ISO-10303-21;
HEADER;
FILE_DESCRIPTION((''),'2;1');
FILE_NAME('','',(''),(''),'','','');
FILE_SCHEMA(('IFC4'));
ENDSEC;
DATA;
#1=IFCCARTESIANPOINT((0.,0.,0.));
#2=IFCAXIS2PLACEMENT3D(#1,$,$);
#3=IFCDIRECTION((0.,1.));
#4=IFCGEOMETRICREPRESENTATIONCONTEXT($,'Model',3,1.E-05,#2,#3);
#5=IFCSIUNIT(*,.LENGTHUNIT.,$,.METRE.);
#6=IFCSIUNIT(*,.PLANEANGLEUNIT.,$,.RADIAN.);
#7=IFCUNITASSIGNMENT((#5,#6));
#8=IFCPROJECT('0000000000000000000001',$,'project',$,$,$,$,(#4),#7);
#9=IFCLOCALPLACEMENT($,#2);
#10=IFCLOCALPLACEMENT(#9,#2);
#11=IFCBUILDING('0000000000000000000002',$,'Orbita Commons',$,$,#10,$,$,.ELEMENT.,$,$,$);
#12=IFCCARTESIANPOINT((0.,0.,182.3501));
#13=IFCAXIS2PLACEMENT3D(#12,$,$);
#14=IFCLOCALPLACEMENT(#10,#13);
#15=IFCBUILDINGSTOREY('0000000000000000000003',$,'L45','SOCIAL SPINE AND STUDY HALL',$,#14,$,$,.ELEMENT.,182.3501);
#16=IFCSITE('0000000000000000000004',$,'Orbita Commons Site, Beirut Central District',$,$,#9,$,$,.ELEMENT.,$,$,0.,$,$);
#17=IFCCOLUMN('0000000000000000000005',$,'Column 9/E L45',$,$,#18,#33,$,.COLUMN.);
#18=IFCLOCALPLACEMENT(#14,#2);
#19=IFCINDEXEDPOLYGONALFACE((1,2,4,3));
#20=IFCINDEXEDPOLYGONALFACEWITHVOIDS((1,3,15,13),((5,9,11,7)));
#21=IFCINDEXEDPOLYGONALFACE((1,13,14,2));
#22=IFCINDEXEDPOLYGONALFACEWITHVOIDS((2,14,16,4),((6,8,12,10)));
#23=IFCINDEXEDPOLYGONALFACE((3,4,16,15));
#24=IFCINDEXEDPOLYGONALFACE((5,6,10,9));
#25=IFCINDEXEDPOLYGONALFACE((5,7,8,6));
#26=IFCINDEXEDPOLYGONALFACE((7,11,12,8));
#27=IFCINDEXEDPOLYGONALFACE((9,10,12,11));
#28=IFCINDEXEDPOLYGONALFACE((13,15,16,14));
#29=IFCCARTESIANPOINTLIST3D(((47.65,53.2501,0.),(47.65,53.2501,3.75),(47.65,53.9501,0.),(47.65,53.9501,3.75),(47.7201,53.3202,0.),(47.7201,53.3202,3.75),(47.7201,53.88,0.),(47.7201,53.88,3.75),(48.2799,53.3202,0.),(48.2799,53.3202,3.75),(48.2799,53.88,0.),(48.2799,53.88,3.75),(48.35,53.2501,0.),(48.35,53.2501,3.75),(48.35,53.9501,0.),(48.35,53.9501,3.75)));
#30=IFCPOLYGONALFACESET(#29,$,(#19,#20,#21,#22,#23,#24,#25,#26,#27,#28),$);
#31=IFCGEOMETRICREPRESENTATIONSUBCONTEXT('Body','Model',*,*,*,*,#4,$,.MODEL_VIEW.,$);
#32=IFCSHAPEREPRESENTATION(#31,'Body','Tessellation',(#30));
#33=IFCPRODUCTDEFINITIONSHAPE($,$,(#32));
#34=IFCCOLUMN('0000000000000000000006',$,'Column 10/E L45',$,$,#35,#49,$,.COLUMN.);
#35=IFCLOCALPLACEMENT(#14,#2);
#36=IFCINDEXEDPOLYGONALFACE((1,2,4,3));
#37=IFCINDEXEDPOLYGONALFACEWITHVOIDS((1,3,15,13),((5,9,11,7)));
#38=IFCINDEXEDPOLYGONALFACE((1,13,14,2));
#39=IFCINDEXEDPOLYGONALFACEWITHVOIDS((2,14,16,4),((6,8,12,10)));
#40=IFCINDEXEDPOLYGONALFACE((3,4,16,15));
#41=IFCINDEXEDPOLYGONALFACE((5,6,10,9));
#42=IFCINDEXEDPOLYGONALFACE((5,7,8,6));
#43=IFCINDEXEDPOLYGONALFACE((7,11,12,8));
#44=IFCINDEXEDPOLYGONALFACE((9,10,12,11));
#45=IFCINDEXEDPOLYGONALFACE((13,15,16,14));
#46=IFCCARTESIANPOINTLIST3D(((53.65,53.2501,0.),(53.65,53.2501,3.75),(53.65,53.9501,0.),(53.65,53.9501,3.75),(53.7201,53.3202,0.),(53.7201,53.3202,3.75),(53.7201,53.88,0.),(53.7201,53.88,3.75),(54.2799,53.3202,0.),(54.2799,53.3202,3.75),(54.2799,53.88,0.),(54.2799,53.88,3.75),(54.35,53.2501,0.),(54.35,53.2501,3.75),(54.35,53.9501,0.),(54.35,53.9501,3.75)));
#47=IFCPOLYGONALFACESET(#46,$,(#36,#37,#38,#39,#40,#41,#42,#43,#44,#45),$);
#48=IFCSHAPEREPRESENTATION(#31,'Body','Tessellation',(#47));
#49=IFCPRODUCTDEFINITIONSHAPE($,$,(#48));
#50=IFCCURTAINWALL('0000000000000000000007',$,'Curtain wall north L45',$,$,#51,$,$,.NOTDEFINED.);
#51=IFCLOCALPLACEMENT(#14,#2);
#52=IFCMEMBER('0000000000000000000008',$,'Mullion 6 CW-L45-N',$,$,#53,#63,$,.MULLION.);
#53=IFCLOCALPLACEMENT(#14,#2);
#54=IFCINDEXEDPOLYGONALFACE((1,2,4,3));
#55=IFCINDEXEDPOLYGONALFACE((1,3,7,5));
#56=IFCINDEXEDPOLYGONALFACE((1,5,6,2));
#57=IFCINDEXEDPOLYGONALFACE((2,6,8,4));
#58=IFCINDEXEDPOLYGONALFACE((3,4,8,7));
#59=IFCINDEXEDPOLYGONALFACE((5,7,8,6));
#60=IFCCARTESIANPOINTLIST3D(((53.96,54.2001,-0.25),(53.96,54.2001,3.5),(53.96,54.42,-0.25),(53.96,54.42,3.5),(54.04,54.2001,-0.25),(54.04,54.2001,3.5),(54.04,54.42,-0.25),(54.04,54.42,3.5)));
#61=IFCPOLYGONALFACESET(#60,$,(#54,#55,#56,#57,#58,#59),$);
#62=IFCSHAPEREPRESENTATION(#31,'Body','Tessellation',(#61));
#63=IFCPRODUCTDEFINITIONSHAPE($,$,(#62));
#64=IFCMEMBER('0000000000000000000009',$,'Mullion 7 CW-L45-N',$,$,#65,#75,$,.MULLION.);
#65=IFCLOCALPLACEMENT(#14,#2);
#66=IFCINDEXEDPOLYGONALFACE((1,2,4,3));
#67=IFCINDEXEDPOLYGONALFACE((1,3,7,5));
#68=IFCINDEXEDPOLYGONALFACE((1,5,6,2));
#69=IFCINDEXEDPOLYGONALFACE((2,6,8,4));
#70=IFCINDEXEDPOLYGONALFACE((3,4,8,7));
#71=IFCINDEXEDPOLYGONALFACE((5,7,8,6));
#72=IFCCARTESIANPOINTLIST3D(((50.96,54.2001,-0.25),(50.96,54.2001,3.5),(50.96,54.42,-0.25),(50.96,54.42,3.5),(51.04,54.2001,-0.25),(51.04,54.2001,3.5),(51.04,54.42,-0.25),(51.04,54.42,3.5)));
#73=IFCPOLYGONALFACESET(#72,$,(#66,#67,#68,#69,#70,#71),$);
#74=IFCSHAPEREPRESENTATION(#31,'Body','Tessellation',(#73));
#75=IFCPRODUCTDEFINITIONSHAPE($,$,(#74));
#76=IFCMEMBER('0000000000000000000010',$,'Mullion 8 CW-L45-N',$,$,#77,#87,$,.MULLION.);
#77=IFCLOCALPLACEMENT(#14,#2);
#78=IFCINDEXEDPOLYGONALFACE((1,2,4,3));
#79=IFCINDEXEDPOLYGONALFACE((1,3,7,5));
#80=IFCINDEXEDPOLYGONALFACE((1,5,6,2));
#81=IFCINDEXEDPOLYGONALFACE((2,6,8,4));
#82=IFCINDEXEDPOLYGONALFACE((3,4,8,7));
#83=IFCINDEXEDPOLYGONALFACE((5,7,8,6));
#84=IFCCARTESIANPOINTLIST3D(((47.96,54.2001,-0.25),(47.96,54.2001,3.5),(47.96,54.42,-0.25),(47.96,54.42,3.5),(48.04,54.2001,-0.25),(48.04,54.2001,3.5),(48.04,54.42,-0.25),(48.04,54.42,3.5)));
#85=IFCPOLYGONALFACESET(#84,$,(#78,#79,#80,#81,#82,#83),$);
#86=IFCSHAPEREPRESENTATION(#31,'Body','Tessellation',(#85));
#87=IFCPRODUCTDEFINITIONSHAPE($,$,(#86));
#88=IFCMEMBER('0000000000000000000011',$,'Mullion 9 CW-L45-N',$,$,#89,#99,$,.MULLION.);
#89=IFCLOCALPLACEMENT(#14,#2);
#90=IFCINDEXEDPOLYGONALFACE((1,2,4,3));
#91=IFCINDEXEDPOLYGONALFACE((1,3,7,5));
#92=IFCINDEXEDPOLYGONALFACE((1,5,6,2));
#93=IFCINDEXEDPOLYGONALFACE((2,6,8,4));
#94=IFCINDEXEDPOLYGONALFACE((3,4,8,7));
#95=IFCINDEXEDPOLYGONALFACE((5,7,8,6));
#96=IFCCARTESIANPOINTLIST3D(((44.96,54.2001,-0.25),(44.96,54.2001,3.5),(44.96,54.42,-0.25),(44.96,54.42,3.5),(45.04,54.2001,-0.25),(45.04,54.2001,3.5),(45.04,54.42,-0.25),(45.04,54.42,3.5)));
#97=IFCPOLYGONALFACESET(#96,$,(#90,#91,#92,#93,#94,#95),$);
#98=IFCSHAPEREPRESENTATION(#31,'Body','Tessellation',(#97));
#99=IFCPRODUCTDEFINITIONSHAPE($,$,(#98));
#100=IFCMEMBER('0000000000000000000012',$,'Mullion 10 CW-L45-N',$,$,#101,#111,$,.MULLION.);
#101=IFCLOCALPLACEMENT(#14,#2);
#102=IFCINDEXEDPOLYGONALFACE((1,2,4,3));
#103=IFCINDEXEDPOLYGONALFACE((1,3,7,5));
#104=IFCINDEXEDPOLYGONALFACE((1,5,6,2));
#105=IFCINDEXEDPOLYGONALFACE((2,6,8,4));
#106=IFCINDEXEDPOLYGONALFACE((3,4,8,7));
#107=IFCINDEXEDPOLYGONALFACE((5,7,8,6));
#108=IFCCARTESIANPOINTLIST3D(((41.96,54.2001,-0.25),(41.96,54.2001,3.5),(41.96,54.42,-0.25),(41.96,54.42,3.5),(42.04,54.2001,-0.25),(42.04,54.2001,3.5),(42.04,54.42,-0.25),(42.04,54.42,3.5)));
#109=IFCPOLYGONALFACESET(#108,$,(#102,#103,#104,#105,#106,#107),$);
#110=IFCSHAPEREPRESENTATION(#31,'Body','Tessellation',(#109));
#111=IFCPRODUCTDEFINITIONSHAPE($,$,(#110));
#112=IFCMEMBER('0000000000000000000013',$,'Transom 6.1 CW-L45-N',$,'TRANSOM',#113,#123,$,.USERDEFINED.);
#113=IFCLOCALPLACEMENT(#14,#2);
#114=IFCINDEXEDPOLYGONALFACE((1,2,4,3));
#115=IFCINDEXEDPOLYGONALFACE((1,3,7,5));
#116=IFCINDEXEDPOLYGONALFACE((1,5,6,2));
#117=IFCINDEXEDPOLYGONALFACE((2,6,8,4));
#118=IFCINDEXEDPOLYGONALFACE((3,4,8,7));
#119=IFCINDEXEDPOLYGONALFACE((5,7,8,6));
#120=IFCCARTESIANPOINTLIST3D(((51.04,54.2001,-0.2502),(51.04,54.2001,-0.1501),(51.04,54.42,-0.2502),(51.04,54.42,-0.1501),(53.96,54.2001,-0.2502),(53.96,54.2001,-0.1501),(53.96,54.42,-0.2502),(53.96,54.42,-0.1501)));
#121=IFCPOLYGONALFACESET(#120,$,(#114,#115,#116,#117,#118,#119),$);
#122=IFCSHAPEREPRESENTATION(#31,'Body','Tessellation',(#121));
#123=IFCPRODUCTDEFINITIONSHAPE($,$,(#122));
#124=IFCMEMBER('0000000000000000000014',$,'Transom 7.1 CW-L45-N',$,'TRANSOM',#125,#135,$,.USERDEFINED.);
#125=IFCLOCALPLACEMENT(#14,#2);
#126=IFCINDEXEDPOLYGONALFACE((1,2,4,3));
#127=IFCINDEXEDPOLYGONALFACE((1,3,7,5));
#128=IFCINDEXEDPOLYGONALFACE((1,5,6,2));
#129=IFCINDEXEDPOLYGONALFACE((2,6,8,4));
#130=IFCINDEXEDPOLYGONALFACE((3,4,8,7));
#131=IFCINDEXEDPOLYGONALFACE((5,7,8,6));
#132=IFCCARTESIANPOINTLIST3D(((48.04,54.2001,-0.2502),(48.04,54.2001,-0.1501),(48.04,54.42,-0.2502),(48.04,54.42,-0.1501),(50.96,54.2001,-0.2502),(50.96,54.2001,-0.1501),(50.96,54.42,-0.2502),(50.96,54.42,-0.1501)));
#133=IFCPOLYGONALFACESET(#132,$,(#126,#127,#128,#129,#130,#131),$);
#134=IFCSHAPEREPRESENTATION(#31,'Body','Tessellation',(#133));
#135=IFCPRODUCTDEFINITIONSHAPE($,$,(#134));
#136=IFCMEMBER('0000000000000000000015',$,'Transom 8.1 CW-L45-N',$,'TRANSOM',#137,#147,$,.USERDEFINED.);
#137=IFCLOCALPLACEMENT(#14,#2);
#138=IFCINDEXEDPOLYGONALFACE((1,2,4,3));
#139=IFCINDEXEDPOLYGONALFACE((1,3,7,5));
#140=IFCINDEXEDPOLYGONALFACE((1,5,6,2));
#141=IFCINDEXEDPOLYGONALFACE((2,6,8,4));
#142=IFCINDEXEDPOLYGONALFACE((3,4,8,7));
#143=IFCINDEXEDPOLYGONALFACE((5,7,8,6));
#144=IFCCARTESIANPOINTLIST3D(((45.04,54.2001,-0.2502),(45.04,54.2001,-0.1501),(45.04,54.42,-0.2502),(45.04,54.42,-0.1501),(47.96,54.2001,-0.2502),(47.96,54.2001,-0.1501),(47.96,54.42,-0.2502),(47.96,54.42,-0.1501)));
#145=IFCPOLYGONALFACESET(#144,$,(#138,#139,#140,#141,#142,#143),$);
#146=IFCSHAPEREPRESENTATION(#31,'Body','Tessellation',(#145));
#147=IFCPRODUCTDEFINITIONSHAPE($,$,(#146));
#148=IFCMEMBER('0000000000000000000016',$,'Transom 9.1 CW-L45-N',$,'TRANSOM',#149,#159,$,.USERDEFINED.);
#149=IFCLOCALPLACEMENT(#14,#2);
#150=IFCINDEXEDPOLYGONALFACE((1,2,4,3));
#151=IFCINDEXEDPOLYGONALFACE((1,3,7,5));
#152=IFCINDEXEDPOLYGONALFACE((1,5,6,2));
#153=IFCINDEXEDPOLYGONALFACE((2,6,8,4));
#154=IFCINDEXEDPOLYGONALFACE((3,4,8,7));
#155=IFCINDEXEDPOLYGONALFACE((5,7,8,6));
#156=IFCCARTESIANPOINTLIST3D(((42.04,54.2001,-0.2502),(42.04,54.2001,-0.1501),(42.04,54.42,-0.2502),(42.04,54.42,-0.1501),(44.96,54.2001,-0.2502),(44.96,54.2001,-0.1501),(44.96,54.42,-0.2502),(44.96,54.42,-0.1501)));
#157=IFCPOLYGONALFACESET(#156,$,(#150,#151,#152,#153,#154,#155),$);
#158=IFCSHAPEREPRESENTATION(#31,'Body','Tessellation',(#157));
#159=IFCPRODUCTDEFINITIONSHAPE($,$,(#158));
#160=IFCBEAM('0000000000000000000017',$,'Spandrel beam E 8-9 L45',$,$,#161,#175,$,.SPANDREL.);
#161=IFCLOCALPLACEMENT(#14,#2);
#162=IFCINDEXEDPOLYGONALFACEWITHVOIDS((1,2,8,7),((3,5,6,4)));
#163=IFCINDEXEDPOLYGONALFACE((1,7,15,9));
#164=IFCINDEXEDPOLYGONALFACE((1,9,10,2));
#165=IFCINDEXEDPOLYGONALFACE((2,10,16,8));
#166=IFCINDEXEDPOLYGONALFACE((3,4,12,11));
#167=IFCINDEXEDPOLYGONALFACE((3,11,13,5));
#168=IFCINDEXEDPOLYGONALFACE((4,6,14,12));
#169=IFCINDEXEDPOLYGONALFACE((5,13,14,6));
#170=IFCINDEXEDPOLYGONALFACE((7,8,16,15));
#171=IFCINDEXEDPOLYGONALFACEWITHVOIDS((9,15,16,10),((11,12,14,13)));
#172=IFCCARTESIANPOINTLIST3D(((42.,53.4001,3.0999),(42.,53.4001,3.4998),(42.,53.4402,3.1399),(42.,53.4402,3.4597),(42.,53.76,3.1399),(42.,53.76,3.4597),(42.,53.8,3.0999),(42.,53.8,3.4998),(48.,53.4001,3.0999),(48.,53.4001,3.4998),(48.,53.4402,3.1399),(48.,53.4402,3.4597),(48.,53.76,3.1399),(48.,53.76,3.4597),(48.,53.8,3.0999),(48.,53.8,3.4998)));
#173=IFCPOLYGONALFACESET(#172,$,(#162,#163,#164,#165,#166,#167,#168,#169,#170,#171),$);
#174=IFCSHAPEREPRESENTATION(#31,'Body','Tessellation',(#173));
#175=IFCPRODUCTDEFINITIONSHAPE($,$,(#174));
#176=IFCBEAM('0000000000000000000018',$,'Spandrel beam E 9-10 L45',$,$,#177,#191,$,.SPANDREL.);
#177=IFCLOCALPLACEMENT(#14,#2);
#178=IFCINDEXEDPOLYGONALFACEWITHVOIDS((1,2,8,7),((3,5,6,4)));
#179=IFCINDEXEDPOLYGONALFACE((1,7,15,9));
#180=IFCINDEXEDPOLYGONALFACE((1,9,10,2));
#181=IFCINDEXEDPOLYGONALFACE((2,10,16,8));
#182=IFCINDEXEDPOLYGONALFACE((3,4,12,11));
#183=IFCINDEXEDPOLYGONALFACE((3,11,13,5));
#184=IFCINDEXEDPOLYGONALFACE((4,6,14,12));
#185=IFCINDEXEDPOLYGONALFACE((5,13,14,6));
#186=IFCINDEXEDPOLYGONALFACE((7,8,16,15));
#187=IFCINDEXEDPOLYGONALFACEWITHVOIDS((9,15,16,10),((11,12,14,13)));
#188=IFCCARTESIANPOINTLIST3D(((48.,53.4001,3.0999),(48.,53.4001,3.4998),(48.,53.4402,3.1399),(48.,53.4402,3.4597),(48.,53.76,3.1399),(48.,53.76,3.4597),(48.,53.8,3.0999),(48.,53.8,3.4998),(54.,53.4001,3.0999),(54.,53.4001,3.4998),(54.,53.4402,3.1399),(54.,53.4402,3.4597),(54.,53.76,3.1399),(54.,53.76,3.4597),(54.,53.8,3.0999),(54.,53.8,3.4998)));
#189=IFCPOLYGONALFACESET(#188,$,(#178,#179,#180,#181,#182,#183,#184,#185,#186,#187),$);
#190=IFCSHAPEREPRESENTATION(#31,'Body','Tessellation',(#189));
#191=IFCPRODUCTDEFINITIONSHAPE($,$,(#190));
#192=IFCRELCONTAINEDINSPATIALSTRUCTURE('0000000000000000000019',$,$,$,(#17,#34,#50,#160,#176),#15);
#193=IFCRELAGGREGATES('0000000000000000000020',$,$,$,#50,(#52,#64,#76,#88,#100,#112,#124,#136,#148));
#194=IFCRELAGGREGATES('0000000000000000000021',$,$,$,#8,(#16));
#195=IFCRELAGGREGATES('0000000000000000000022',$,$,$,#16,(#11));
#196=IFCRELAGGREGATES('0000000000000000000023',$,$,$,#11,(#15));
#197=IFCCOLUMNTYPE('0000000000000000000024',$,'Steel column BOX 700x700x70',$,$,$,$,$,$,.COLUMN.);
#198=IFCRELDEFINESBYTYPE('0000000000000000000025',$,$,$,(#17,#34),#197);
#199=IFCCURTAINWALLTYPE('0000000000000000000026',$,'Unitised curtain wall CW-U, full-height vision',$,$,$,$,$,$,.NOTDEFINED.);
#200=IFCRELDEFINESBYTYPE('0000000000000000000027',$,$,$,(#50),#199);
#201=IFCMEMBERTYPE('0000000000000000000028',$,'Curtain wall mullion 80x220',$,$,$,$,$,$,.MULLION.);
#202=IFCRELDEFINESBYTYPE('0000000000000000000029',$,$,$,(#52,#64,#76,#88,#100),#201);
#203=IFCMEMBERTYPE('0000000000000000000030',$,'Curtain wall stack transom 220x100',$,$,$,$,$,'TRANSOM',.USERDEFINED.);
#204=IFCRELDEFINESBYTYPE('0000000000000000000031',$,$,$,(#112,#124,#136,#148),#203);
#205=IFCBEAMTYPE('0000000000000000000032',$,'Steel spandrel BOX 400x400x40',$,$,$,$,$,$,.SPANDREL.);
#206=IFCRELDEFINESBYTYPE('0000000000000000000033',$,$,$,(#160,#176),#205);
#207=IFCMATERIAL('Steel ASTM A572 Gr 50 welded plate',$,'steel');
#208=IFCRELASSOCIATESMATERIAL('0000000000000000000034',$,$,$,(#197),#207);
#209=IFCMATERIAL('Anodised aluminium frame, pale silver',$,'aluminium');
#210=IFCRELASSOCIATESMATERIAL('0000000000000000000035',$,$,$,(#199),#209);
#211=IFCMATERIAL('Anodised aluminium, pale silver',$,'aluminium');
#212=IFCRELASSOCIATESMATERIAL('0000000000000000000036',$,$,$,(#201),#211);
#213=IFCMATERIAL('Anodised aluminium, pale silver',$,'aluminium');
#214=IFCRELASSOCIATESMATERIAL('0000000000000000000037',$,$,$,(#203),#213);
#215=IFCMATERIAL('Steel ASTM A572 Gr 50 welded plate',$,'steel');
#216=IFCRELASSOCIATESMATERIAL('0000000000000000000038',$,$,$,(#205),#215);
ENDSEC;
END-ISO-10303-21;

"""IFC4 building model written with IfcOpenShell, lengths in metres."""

from ifc_helpers import new_model, si_unit, direction, frame, origin, origin_2d, place, context, subcontext, project, spatial, rectangle, hollow_rectangle, extrude, material, material_profile, profile_set, type_object, element, aggregate, save


model = new_model("IFC4")

# Units and contexts
model_context = context("Model", 3, precision=1e-05, world=origin(), true_north=direction((0.0, 1.0)))
body_context = subcontext(model_context, "Body", "Model", "MODEL_VIEW")
ifc_project = project(units=[si_unit("LENGTHUNIT", "METRE"), si_unit("PLANEANGLEUNIT", "RADIAN")], contexts=[model_context])

# Site, building, storey
site_placement = place(None, origin())
site = spatial("IfcSite", under=ifc_project, at=site_placement, Name="Orbita Commons Site, Beirut Central District", CompositionType="ELEMENT", RefElevation=0.0)
building_placement = place(site_placement, origin())
building = spatial("IfcBuilding", under=site, at=building_placement, Name="Orbita Commons", CompositionType="ELEMENT")
storey_placement = place(building_placement, frame((0.0, 0.0, 182.3501)))
storey = spatial("IfcBuildingStorey", under=building, at=storey_placement, Name="L45", Description="SOCIAL SPINE AND STUDY HALL", CompositionType="ELEMENT", Elevation=182.3501)

# Columns
ifc_material_1 = material(Name="Steel ASTM A572 Gr 50 welded plate", Category="steel")
ifc_material_profile_1 = material_profile(ifc_material_1, hollow_rectangle(XDim=0.7, YDim=0.7, WallThickness=0.0701, at=origin_2d()), Name="BOX 700x700x70")
ifc_profile_set_1 = profile_set([ifc_material_profile_1], Name="Steel ASTM A572 Gr 50 welded plate")
column_type = type_object("IfcColumnType", Name="Steel column BOX 700x700x70", PredefinedType="COLUMN", material=ifc_profile_set_1)
for number, where, z_axis, x_axis, name in (
    (1, (48.0, 53.6001, 0.0), (0.0, 0.0, 1.0), (1.0, 0.0, 0.0), "Column 9/E L45"),
    (2, (54.0, 53.6001, 0.0), (0.0, 0.0, 1.0), (1.0, 0.0, 0.0), "Column 10/E L45"),
):
    element("IfcColumn", number, at=place(storey_placement, frame(where, z_axis=z_axis, x_axis=x_axis)), inside=storey, type_object=column_type, Name=name, PredefinedType="COLUMN", context=body_context, shape_type="SweptSolid", body=[
        extrude(hollow_rectangle(XDim=0.7, YDim=0.7, WallThickness=0.0701, at=origin_2d()), origin(), (0.0, 0.0, 1.0), 3.75),
    ])

# Curtain wall, members
ifc_material_2 = material(Name="Anodised aluminium frame, pale silver", Category="aluminium")
curtain_wall_type = type_object("IfcCurtainWallType", Name="Unitised curtain wall CW-U, full-height vision", PredefinedType="NOTDEFINED", material=ifc_material_2)
curtain_wall_placement = place(storey_placement, origin())
curtain_wall = element("IfcCurtainWall", 3, at=curtain_wall_placement, inside=storey, type_object=curtain_wall_type, Name="Curtain wall north L45", PredefinedType="NOTDEFINED")
ifc_material_3 = material(Name="Anodised aluminium, pale silver", Category="aluminium")
ifc_material_profile_2 = material_profile(ifc_material_3, rectangle(XDim=0.0801, YDim=0.22, at=origin_2d()), Name="AL 80x220")
ifc_profile_set_2 = profile_set([ifc_material_profile_2], Name="Anodised aluminium, pale silver")
member_type_1 = type_object("IfcMemberType", Name="Curtain wall mullion 80x220", PredefinedType="MULLION", material=ifc_profile_set_2)
member_1_placement = place(storey_placement, frame((54.0, 54.3101, -0.25), z_axis=(0.0, 0.0, 1.0), x_axis=(-1.0, 0.0, 0.0)))
member_1 = element("IfcMember", 4, at=member_1_placement, type_object=member_type_1, Name="Mullion 6 CW-L45-N", PredefinedType="MULLION", context=body_context, shape_type="SweptSolid", body=[
    extrude(rectangle(XDim=0.0801, YDim=0.22, at=origin_2d()), origin(), (0.0, 0.0, 1.0), 3.75),
])
member_2_placement = place(storey_placement, frame((51.0, 54.3101, -0.25), z_axis=(0.0, 0.0, 1.0), x_axis=(-1.0, 0.0, 0.0)))
member_2 = element("IfcMember", 5, at=member_2_placement, type_object=member_type_1, Name="Mullion 7 CW-L45-N", PredefinedType="MULLION", context=body_context, shape_type="SweptSolid", body=[
    extrude(rectangle(XDim=0.0801, YDim=0.22, at=origin_2d()), origin(), (0.0, 0.0, 1.0), 3.75),
])
member_3_placement = place(storey_placement, frame((48.0, 54.3101, -0.25), z_axis=(0.0, 0.0, 1.0), x_axis=(-1.0, 0.0, 0.0)))
member_3 = element("IfcMember", 6, at=member_3_placement, type_object=member_type_1, Name="Mullion 8 CW-L45-N", PredefinedType="MULLION", context=body_context, shape_type="SweptSolid", body=[
    extrude(rectangle(XDim=0.0801, YDim=0.22, at=origin_2d()), origin(), (0.0, 0.0, 1.0), 3.75),
])
member_4_placement = place(storey_placement, frame((45.0, 54.3101, -0.25), z_axis=(0.0, 0.0, 1.0), x_axis=(-1.0, 0.0, 0.0)))
member_4 = element("IfcMember", 7, at=member_4_placement, type_object=member_type_1, Name="Mullion 9 CW-L45-N", PredefinedType="MULLION", context=body_context, shape_type="SweptSolid", body=[
    extrude(rectangle(XDim=0.0801, YDim=0.22, at=origin_2d()), origin(), (0.0, 0.0, 1.0), 3.75),
])
member_5_placement = place(storey_placement, frame((42.0, 54.3101, -0.25), z_axis=(0.0, 0.0, 1.0), x_axis=(-1.0, 0.0, 0.0)))
member_5 = element("IfcMember", 8, at=member_5_placement, type_object=member_type_1, Name="Mullion 10 CW-L45-N", PredefinedType="MULLION", context=body_context, shape_type="SweptSolid", body=[
    extrude(rectangle(XDim=0.0801, YDim=0.22, at=origin_2d()), origin(), (0.0, 0.0, 1.0), 3.75),
])
ifc_material_4 = material(Name="Anodised aluminium, pale silver", Category="aluminium")
ifc_material_profile_3 = material_profile(ifc_material_4, rectangle(XDim=0.22, YDim=0.1001, at=origin_2d()), Name="AL 220x100")
ifc_profile_set_3 = profile_set([ifc_material_profile_3], Name="Anodised aluminium, pale silver")
member_type_2 = type_object("IfcMemberType", Name="Curtain wall stack transom 220x100", ElementType="TRANSOM", PredefinedType="USERDEFINED", material=ifc_profile_set_3)
member_6_placement = place(storey_placement, frame((53.96, 54.3101, -0.2002), z_axis=(-1.0, 0.0, 0.0), x_axis=(0.0, -1.0, 0.0)))
member_6 = element("IfcMember", 9, at=member_6_placement, type_object=member_type_2, Name="Transom 6.1 CW-L45-N", ObjectType="TRANSOM", PredefinedType="USERDEFINED", context=body_context, shape_type="SweptSolid", body=[
    extrude(rectangle(XDim=0.22, YDim=0.1001, at=origin_2d()), origin(), (0.0, 0.0, 1.0), 2.9199),
])
member_7_placement = place(storey_placement, frame((50.96, 54.3101, -0.2002), z_axis=(-1.0, 0.0, 0.0), x_axis=(0.0, -1.0, 0.0)))
member_7 = element("IfcMember", 10, at=member_7_placement, type_object=member_type_2, Name="Transom 7.1 CW-L45-N", ObjectType="TRANSOM", PredefinedType="USERDEFINED", context=body_context, shape_type="SweptSolid", body=[
    extrude(rectangle(XDim=0.22, YDim=0.1001, at=origin_2d()), origin(), (0.0, 0.0, 1.0), 2.9199),
])
member_8_placement = place(storey_placement, frame((47.96, 54.3101, -0.2002), z_axis=(-1.0, 0.0, 0.0), x_axis=(0.0, -1.0, 0.0)))
member_8 = element("IfcMember", 11, at=member_8_placement, type_object=member_type_2, Name="Transom 8.1 CW-L45-N", ObjectType="TRANSOM", PredefinedType="USERDEFINED", context=body_context, shape_type="SweptSolid", body=[
    extrude(rectangle(XDim=0.22, YDim=0.1001, at=origin_2d()), origin(), (0.0, 0.0, 1.0), 2.9199),
])
member_9_placement = place(storey_placement, frame((44.96, 54.3101, -0.2002), z_axis=(-1.0, 0.0, 0.0), x_axis=(0.0, -1.0, 0.0)))
member_9 = element("IfcMember", 12, at=member_9_placement, type_object=member_type_2, Name="Transom 9.1 CW-L45-N", ObjectType="TRANSOM", PredefinedType="USERDEFINED", context=body_context, shape_type="SweptSolid", body=[
    extrude(rectangle(XDim=0.22, YDim=0.1001, at=origin_2d()), origin(), (0.0, 0.0, 1.0), 2.9199),
])

# Beams
ifc_material_5 = material(Name="Steel ASTM A572 Gr 50 welded plate", Category="steel")
ifc_material_profile_4 = material_profile(ifc_material_5, hollow_rectangle(XDim=0.3999, YDim=0.3999, WallThickness=0.04, at=origin_2d()), Name="BOX 400x400x40")
ifc_profile_set_4 = profile_set([ifc_material_profile_4], Name="Steel ASTM A572 Gr 50 welded plate")
beam_type = type_object("IfcBeamType", Name="Steel spandrel BOX 400x400x40", PredefinedType="SPANDREL", material=ifc_profile_set_4)
for number, where, z_axis, x_axis, name in (
    (13, (42.0, 53.6001, 3.2998), (1.0, 0.0, 0.0), (0.0, 1.0, 0.0), "Spandrel beam E 8-9 L45"),
    (14, (48.0, 53.6001, 3.2998), (1.0, 0.0, 0.0), (0.0, 1.0, 0.0), "Spandrel beam E 9-10 L45"),
):
    element("IfcBeam", number, at=place(storey_placement, frame(where, z_axis=z_axis, x_axis=x_axis)), inside=storey, type_object=beam_type, Name=name, PredefinedType="SPANDREL", context=body_context, shape_type="SweptSolid", body=[
        extrude(hollow_rectangle(XDim=0.3999, YDim=0.3999, WallThickness=0.04, at=origin_2d()), origin(), (0.0, 0.0, 1.0), 6.0),
    ])

aggregate(curtain_wall, [member_1, member_2, member_3, member_4, member_5, member_6, member_7, member_8, member_9])

save(model, "model.ifc")
